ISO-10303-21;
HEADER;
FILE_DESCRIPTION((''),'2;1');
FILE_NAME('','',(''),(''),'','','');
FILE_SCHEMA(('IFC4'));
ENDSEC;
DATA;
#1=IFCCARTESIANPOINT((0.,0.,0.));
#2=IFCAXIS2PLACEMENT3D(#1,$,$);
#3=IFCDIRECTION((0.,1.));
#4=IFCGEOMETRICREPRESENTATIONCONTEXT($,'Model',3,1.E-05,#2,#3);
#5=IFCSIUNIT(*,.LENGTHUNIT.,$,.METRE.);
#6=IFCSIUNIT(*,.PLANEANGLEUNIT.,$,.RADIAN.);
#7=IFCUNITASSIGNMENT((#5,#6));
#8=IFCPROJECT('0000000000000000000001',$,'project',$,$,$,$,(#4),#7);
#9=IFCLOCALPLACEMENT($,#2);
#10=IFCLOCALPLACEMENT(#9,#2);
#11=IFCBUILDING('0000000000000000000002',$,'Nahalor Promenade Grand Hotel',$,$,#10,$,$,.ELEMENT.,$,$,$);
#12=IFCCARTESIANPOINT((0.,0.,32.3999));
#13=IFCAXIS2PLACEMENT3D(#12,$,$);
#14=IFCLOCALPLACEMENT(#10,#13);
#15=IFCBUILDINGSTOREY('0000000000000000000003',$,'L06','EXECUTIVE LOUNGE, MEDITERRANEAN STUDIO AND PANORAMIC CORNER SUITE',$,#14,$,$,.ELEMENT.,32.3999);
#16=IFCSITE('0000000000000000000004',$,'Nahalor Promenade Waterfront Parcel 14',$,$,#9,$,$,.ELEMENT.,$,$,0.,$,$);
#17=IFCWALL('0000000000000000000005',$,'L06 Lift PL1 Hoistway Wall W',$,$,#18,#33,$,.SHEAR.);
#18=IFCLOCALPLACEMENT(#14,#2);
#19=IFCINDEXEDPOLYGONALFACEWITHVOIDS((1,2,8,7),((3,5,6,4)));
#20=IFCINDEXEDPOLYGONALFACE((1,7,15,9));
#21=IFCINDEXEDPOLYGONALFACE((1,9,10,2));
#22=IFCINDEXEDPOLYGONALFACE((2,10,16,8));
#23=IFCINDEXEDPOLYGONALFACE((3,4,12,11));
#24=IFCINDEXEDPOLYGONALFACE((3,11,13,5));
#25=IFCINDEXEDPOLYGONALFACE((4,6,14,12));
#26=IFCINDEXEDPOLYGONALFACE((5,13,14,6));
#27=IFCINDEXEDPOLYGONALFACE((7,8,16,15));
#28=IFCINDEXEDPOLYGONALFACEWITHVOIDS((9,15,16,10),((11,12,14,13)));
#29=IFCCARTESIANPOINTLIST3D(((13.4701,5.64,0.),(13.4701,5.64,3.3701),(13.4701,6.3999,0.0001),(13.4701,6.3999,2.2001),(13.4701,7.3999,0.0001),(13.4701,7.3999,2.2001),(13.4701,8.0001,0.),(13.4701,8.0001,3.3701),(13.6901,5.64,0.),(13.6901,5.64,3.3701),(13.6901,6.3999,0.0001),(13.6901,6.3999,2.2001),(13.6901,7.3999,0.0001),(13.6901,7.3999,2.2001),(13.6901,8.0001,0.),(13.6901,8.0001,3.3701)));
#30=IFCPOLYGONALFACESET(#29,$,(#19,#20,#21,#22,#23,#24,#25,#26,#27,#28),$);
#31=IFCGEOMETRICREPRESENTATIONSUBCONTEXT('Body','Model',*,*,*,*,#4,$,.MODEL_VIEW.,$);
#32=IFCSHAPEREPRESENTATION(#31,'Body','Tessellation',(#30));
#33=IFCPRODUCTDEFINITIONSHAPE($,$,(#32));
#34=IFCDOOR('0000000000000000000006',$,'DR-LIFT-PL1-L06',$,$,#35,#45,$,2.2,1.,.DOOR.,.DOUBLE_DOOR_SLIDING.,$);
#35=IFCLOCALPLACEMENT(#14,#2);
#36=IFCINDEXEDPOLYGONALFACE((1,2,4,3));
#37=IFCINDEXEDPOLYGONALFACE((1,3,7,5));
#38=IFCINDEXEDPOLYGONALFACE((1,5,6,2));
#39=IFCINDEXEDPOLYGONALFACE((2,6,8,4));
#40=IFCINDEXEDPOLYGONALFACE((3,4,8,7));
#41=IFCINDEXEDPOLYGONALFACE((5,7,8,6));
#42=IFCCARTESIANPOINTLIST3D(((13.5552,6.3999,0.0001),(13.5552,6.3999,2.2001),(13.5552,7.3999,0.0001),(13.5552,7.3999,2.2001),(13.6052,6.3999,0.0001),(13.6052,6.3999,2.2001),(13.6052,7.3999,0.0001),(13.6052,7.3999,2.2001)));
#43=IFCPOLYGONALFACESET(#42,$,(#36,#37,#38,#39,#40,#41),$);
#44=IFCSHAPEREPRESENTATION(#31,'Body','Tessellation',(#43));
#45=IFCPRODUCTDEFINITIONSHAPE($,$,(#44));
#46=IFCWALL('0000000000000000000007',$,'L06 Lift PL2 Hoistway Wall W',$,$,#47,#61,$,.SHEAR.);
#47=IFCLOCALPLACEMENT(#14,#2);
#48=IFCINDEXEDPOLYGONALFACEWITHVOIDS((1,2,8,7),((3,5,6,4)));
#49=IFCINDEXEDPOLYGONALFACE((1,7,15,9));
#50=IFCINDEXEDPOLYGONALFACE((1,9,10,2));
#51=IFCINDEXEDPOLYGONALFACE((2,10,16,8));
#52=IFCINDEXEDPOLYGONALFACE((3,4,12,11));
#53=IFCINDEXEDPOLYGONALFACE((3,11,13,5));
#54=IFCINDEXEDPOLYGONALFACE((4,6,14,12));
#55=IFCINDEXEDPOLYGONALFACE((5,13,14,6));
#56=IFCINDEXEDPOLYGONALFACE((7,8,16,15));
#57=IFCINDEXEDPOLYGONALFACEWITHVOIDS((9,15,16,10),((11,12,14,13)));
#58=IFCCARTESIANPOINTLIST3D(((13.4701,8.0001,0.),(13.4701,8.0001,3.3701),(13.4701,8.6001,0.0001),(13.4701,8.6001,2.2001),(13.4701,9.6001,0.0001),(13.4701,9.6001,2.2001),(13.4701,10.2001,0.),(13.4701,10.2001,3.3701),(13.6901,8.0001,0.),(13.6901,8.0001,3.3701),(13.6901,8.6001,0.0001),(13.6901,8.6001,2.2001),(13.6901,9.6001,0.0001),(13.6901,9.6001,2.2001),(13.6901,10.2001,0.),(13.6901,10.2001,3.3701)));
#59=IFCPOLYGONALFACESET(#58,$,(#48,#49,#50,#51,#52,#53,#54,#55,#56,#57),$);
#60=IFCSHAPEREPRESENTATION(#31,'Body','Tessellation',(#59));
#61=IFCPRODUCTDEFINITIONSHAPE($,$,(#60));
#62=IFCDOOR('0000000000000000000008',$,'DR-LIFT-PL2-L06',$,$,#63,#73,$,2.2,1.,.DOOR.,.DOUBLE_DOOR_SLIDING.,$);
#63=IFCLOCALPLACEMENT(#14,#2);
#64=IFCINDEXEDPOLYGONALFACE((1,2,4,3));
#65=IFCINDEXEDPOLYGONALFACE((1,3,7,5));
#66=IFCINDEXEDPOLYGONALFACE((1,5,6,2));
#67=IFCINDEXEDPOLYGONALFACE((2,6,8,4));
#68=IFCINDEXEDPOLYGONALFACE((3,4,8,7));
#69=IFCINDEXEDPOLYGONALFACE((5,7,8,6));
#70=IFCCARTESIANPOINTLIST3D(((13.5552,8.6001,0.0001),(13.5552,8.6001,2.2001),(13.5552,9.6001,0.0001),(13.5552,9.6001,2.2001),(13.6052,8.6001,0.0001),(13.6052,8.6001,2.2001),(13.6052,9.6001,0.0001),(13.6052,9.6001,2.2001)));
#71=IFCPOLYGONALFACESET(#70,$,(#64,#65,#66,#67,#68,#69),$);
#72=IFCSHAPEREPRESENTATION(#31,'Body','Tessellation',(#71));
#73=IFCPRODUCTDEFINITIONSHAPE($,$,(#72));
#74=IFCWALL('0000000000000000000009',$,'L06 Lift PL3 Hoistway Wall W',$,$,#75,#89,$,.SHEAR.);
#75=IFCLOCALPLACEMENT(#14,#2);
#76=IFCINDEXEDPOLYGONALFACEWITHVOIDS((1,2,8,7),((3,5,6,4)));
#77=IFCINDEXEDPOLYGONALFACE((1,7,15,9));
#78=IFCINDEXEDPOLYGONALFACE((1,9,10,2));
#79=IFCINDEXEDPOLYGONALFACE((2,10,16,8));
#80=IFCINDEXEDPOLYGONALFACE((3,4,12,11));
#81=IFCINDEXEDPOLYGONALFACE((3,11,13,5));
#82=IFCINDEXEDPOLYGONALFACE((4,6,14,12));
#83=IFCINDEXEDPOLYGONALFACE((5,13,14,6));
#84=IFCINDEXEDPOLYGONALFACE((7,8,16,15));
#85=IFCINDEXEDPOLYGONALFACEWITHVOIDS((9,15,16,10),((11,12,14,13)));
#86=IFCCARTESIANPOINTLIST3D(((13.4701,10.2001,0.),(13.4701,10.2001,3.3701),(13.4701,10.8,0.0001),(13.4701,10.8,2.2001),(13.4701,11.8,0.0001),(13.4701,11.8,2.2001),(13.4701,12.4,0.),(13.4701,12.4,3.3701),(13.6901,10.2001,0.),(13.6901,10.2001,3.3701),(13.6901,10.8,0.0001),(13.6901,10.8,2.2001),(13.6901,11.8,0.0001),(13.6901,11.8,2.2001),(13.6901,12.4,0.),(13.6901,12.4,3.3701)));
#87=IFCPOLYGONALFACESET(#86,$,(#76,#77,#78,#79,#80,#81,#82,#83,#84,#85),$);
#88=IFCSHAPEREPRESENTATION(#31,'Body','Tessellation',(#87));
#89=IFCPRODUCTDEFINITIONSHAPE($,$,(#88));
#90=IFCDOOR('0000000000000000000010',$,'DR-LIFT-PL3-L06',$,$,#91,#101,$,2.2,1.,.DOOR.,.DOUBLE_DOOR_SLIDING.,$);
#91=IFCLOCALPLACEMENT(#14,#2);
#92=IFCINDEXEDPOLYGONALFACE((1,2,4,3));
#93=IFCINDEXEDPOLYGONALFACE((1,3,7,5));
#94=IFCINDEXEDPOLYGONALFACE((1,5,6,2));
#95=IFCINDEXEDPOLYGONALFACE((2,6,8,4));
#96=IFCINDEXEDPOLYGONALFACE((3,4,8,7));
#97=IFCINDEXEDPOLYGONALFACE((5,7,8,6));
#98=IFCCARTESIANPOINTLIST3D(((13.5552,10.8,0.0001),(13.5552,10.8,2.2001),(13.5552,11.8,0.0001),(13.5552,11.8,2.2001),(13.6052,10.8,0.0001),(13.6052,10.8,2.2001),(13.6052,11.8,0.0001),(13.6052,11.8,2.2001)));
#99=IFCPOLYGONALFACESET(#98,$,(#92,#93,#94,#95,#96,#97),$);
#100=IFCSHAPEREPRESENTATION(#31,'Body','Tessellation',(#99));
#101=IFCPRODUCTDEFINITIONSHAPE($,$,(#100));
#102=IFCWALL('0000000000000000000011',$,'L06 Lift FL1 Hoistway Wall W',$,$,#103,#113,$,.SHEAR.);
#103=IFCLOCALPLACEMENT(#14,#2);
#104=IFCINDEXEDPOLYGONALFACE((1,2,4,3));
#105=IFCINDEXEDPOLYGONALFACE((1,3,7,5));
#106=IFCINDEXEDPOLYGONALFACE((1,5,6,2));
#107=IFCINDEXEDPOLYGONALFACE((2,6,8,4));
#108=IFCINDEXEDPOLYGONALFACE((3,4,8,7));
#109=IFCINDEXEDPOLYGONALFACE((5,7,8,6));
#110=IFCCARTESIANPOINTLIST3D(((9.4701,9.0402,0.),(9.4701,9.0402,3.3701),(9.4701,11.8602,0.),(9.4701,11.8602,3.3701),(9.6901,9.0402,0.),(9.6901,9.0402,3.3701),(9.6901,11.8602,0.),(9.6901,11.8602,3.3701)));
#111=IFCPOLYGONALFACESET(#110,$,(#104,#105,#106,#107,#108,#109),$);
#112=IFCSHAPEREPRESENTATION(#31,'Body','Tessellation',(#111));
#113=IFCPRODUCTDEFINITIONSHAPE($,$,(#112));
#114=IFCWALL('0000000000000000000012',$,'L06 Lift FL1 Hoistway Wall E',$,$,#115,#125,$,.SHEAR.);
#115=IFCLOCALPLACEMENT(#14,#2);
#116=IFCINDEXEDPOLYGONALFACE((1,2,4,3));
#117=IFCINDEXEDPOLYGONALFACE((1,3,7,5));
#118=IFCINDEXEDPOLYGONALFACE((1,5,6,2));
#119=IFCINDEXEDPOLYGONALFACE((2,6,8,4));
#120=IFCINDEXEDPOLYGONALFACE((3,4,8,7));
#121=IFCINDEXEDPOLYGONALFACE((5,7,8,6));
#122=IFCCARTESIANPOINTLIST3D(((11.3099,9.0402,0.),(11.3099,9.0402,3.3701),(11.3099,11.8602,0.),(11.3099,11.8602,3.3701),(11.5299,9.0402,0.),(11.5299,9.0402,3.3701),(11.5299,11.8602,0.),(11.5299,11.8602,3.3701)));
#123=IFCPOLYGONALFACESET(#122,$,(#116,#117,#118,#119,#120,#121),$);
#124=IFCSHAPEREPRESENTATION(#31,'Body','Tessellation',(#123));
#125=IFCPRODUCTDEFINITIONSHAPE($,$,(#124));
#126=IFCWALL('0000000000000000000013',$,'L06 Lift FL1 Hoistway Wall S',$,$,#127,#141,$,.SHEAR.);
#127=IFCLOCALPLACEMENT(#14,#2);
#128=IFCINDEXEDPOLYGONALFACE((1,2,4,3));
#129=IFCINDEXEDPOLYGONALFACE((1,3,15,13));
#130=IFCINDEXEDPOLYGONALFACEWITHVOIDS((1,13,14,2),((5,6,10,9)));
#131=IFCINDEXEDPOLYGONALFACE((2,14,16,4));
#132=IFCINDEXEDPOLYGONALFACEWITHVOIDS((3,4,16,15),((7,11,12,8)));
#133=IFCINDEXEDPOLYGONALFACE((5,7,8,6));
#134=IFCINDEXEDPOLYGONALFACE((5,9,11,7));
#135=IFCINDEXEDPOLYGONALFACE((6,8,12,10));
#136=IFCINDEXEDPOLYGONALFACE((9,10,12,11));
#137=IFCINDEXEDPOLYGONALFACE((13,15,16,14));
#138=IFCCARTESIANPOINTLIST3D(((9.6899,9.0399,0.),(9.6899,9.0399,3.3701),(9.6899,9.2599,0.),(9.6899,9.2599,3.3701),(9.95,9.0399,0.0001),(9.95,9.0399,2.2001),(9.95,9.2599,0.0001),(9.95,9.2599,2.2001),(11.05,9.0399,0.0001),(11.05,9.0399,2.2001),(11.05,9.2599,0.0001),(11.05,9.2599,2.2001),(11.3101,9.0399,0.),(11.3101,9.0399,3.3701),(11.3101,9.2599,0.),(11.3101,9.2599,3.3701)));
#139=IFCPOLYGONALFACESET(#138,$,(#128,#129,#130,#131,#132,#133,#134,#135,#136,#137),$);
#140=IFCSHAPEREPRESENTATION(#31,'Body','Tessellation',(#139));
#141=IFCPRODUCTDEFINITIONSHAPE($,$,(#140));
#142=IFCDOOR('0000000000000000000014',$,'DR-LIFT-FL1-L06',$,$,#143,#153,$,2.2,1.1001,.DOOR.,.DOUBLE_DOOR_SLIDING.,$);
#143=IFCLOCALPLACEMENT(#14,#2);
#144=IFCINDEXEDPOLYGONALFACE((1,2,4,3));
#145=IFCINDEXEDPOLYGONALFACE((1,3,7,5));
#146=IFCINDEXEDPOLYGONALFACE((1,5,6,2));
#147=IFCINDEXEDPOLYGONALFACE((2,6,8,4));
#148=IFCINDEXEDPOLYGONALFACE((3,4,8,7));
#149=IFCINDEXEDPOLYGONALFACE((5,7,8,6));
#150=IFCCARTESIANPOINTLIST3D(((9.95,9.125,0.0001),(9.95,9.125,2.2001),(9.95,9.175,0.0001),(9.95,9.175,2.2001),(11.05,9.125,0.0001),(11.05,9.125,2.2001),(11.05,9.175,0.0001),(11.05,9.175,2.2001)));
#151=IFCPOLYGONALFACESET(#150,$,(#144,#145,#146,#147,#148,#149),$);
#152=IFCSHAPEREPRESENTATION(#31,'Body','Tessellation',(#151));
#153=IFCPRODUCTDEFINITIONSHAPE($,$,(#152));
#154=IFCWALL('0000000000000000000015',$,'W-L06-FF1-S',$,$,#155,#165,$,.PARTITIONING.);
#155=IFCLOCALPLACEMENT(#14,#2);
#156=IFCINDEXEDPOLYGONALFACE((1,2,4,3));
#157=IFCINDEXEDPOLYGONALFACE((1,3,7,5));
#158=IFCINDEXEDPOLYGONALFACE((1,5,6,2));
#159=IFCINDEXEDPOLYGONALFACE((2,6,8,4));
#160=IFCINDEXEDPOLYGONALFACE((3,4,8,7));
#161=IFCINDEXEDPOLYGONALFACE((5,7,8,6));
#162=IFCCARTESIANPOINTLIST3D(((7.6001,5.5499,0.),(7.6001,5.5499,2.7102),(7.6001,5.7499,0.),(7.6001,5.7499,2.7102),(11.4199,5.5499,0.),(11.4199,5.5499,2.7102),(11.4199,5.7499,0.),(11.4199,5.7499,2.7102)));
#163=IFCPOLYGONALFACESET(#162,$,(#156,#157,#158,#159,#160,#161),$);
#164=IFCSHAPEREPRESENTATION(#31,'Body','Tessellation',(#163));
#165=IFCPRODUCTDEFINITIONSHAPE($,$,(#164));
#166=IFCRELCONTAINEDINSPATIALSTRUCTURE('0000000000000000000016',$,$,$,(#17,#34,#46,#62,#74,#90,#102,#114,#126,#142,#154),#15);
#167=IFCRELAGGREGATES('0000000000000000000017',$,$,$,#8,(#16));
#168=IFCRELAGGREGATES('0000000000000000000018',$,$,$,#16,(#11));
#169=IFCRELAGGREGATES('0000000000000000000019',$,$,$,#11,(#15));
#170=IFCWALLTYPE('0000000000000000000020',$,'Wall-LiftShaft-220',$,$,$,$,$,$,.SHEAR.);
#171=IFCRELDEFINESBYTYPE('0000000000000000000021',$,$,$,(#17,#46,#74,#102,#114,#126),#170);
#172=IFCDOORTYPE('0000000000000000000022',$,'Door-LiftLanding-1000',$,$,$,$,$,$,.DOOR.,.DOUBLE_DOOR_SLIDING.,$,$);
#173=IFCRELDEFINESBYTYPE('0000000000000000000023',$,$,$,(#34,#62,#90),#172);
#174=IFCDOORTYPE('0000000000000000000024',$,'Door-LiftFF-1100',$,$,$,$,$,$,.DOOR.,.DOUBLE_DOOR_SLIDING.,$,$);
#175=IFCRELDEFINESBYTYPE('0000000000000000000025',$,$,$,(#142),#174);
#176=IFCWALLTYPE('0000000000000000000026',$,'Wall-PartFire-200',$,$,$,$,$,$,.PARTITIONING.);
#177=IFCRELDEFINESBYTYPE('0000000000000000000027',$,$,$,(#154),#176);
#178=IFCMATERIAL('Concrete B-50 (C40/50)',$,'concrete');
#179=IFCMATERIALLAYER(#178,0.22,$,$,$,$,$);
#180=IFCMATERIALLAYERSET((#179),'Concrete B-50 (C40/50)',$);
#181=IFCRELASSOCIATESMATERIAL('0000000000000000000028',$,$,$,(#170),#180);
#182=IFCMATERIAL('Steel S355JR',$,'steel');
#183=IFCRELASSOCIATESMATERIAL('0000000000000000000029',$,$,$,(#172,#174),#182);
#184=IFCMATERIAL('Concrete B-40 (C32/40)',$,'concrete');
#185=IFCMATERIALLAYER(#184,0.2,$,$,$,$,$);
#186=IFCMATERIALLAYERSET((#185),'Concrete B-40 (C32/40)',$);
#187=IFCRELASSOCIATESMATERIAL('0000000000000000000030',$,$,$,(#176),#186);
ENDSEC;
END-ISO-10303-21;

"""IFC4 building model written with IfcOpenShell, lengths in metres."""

from ifc_helpers import new_model, si_unit, direction, frame, frame_2d, origin, place, context, subcontext, project, spatial, rectangle, extrude, source, transform, mapped, material, layer, layer_set, type_object, element, fill, save


model = new_model("IFC4")

# Units and contexts
model_context = context("Model", 3, precision=1e-05, world=origin(), true_north=direction((0.0, 1.0)))
body_context = subcontext(model_context, "Body", "Model", "MODEL_VIEW")
ifc_project = project(units=[si_unit("LENGTHUNIT", "METRE"), si_unit("PLANEANGLEUNIT", "RADIAN")], contexts=[model_context])

# Site, building, storey
site_placement = place(None, origin())
site = spatial("IfcSite", under=ifc_project, at=site_placement, Name="Nahalor Promenade Waterfront Parcel 14", CompositionType="ELEMENT", RefElevation=0.0)
building_placement = place(site_placement, origin())
building = spatial("IfcBuilding", under=site, at=building_placement, Name="Nahalor Promenade Grand Hotel", CompositionType="ELEMENT")
storey_placement = place(building_placement, frame((0.0, 0.0, 32.3999)))
storey = spatial("IfcBuildingStorey", under=building, at=storey_placement, Name="L06", Description="EXECUTIVE LOUNGE, MEDITERRANEAN STUDIO AND PANORAMIC CORNER SUITE", CompositionType="ELEMENT", Elevation=32.3999)

# Shared definitions
ifc_material_1 = material(Name="Steel S355JR", Category="steel")

# Shared definitions
ifc_material_2 = material(Name="Concrete B-50 (C40/50)", Category="concrete")

# Walls, openings, doors
ifc_layer_1 = layer(ifc_material_2, 0.22)
ifc_layer_set_1 = layer_set([ifc_layer_1], Name="Concrete B-50 (C40/50)")
wall_type_1 = type_object("IfcWallType", Name="Wall-LiftShaft-220", PredefinedType="SHEAR", material=ifc_layer_set_1)
shared_shape_1 = source(origin(), body_context, "Body", "SweptSolid", [
    extrude(rectangle(XDim=2.3601, YDim=0.22, at=frame_2d((1.1802, 0.0))), origin(), (0.0, 0.0, 1.0), 3.3701),
])
wall_1_placement = place(storey_placement, frame((13.5801, 5.6399, 0.0), z_axis=(0.0, 0.0, 1.0), x_axis=(0.0, 1.0, 0.0)))
wall_1 = element("IfcWall", 1, at=wall_1_placement, inside=storey, type_object=wall_type_1, Name="L06 Lift PL1 Hoistway Wall W", PredefinedType="SHEAR", context=body_context, shape_type="MappedRepresentation", body=[
    mapped(shared_shape_1, transform((0.0, 0.0, 0.0), scale=1.0)),
])
opening_1_placement = place(wall_1_placement, frame((0.76, 0.0, 0.0)))
opening_1 = element("IfcOpeningElement", 2, at=opening_1_placement, cuts=wall_1, PredefinedType="OPENING", context=body_context, shape_type="SweptSolid", body=[
    extrude(rectangle(XDim=1.0, YDim=2.2, at=frame_2d((0.5, 1.1001))), frame((0.0, 0.1199, 0.0), z_axis=(0.0, -1.0, 0.0), x_axis=(1.0, 0.0, 0.0)), (0.0, 0.0, 1.0), 0.24),
])
door_type_1 = type_object("IfcDoorType", Name="Door-LiftLanding-1000", OperationType="DOUBLE_DOOR_SLIDING", PredefinedType="DOOR", material=ifc_material_1)
shared_shape_2 = source(origin(), body_context, "Body", "SweptSolid", [
    extrude(rectangle(XDim=1.0, YDim=2.2, at=frame_2d((0.5, 1.1001))), frame((0.0, 0.0249, 0.0), z_axis=(0.0, -1.0, 0.0), x_axis=(1.0, 0.0, 0.0)), (0.0, 0.0, 1.0), 0.05),
])
door_1_placement = place(opening_1_placement, origin())
door_1 = element("IfcDoor", 3, at=door_1_placement, inside=storey, type_object=door_type_1, Name="DR-LIFT-PL1-L06", OperationType="DOUBLE_DOOR_SLIDING", OverallHeight=2.2, OverallWidth=1.0, PredefinedType="DOOR", context=body_context, shape_type="MappedRepresentation", body=[
    mapped(shared_shape_2, transform((0.0, 0.0, 0.0), scale=1.0)),
])
fill(opening_1, door_1)
shared_shape_3 = source(origin(), body_context, "Body", "SweptSolid", [
    extrude(rectangle(XDim=2.2, YDim=0.22, at=frame_2d((1.1001, 0.0))), origin(), (0.0, 0.0, 1.0), 3.3701),
])
wall_2_placement = place(storey_placement, frame((13.5801, 8.0, 0.0), z_axis=(0.0, 0.0, 1.0), x_axis=(0.0, 1.0, 0.0)))
wall_2 = element("IfcWall", 4, at=wall_2_placement, inside=storey, type_object=wall_type_1, Name="L06 Lift PL2 Hoistway Wall W", PredefinedType="SHEAR", context=body_context, shape_type="MappedRepresentation", body=[
    mapped(shared_shape_3, transform((0.0, 0.0, 0.0), scale=1.0)),
])
opening_2_placement = place(wall_2_placement, frame((0.6001, 0.0, 0.0)))
opening_2 = element("IfcOpeningElement", 5, at=opening_2_placement, cuts=wall_2, PredefinedType="OPENING", context=body_context, shape_type="SweptSolid", body=[
    extrude(rectangle(XDim=1.0, YDim=2.2, at=frame_2d((0.5, 1.1001))), frame((0.0, 0.1199, 0.0), z_axis=(0.0, -1.0, 0.0), x_axis=(1.0, 0.0, 0.0)), (0.0, 0.0, 1.0), 0.24),
])
door_2_placement = place(opening_2_placement, origin())
door_2 = element("IfcDoor", 6, at=door_2_placement, inside=storey, type_object=door_type_1, Name="DR-LIFT-PL2-L06", OperationType="DOUBLE_DOOR_SLIDING", OverallHeight=2.2, OverallWidth=1.0, PredefinedType="DOOR", context=body_context, shape_type="MappedRepresentation", body=[
    mapped(shared_shape_2, transform((0.0, 0.0, 0.0), scale=1.0)),
])
fill(opening_2, door_2)
wall_3_placement = place(storey_placement, frame((13.5801, 10.2, 0.0), z_axis=(0.0, 0.0, 1.0), x_axis=(0.0, 1.0, 0.0)))
wall_3 = element("IfcWall", 7, at=wall_3_placement, inside=storey, type_object=wall_type_1, Name="L06 Lift PL3 Hoistway Wall W", PredefinedType="SHEAR", context=body_context, shape_type="MappedRepresentation", body=[
    mapped(shared_shape_3, transform((0.0, 0.0, 0.0), scale=1.0)),
])
opening_3_placement = place(wall_3_placement, frame((0.6001, 0.0, 0.0)))
opening_3 = element("IfcOpeningElement", 8, at=opening_3_placement, cuts=wall_3, PredefinedType="OPENING", context=body_context, shape_type="SweptSolid", body=[
    extrude(rectangle(XDim=1.0, YDim=2.2, at=frame_2d((0.5, 1.1001))), frame((0.0, 0.1199, 0.0), z_axis=(0.0, -1.0, 0.0), x_axis=(1.0, 0.0, 0.0)), (0.0, 0.0, 1.0), 0.24),
])
door_3_placement = place(opening_3_placement, origin())
door_3 = element("IfcDoor", 9, at=door_3_placement, inside=storey, type_object=door_type_1, Name="DR-LIFT-PL3-L06", OperationType="DOUBLE_DOOR_SLIDING", OverallHeight=2.2, OverallWidth=1.0, PredefinedType="DOOR", context=body_context, shape_type="MappedRepresentation", body=[
    mapped(shared_shape_2, transform((0.0, 0.0, 0.0), scale=1.0)),
])
fill(opening_3, door_3)

# Walls
shared_shape_4 = source(origin(), body_context, "Body", "SweptSolid", [
    extrude(rectangle(XDim=2.8201, YDim=0.22, at=frame_2d((1.4102, 0.0))), origin(), (0.0, 0.0, 1.0), 3.3701),
])
for number, where, z_axis, x_axis, name in (
    (10, (9.5801, 9.04, 0.0), (0.0, 0.0, 1.0), (0.0, 1.0, 0.0), "L06 Lift FL1 Hoistway Wall W"),
    (11, (11.4199, 9.04, 0.0), (0.0, 0.0, 1.0), (0.0, 1.0, 0.0), "L06 Lift FL1 Hoistway Wall E"),
):
    element("IfcWall", number, at=place(storey_placement, frame(where, z_axis=z_axis, x_axis=x_axis)), inside=storey, type_object=wall_type_1, Name=name, PredefinedType="SHEAR", context=body_context, shape_type="MappedRepresentation", body=[
        mapped(shared_shape_4, transform((0.0, 0.0, 0.0), scale=1.0)),
    ])

# Wall, opening, door
shared_shape_5 = source(origin(), body_context, "Body", "SweptSolid", [
    extrude(rectangle(XDim=1.6201, YDim=0.22, at=frame_2d((0.8101, 0.0))), origin(), (0.0, 0.0, 1.0), 3.3701),
])
wall_4_placement = place(storey_placement, frame((9.6899, 9.1499, 0.0), z_axis=(0.0, 0.0, 1.0), x_axis=(1.0, 0.0, 0.0)))
wall_4 = element("IfcWall", 12, at=wall_4_placement, inside=storey, type_object=wall_type_1, Name="L06 Lift FL1 Hoistway Wall S", PredefinedType="SHEAR", context=body_context, shape_type="MappedRepresentation", body=[
    mapped(shared_shape_5, transform((0.0, 0.0, 0.0), scale=1.0)),
])
opening_4_placement = place(wall_4_placement, frame((0.26, 0.0, 0.0)))
opening_4 = element("IfcOpeningElement", 13, at=opening_4_placement, cuts=wall_4, PredefinedType="OPENING", context=body_context, shape_type="SweptSolid", body=[
    extrude(rectangle(XDim=1.1001, YDim=2.2, at=frame_2d((0.55, 1.1001))), frame((0.0, 0.1199, 0.0), z_axis=(0.0, -1.0, 0.0), x_axis=(1.0, 0.0, 0.0)), (0.0, 0.0, 1.0), 0.24),
])
door_type_2 = type_object("IfcDoorType", Name="Door-LiftFF-1100", OperationType="DOUBLE_DOOR_SLIDING", PredefinedType="DOOR", material=ifc_material_1)
shared_shape_6 = source(origin(), body_context, "Body", "SweptSolid", [
    extrude(rectangle(XDim=1.1001, YDim=2.2, at=frame_2d((0.55, 1.1001))), frame((0.0, 0.0249, 0.0), z_axis=(0.0, -1.0, 0.0), x_axis=(1.0, 0.0, 0.0)), (0.0, 0.0, 1.0), 0.05),
])
door_4_placement = place(opening_4_placement, frame((1.1001, 0.0, 0.0), z_axis=(0.0, 0.0, 1.0), x_axis=(-1.0, 0.0, 0.0)))
door_4 = element("IfcDoor", 14, at=door_4_placement, inside=storey, type_object=door_type_2, Name="DR-LIFT-FL1-L06", OperationType="DOUBLE_DOOR_SLIDING", OverallHeight=2.2, OverallWidth=1.1001, PredefinedType="DOOR", context=body_context, shape_type="MappedRepresentation", body=[
    mapped(shared_shape_6, transform((0.0, 0.0, 0.0), scale=1.0)),
])
fill(opening_4, door_4)

# Wall
ifc_material_3 = material(Name="Concrete B-40 (C32/40)", Category="concrete")
ifc_layer_2 = layer(ifc_material_3, 0.2)
ifc_layer_set_2 = layer_set([ifc_layer_2], Name="Concrete B-40 (C32/40)")
wall_type_2 = type_object("IfcWallType", Name="Wall-PartFire-200", PredefinedType="PARTITIONING", material=ifc_layer_set_2)
shared_shape_7 = source(origin(), body_context, "Body", "SweptSolid", [
    extrude(rectangle(XDim=3.8198, YDim=0.2, at=frame_2d((1.9099, 0.0))), origin(), (0.0, 0.0, 1.0), 2.7102),
])
wall_5_placement = place(storey_placement, frame((7.6001, 5.6499, 0.0), z_axis=(0.0, 0.0, 1.0), x_axis=(1.0, 0.0, 0.0)))
element("IfcWall", 15, at=wall_5_placement, inside=storey, type_object=wall_type_2, Name="W-L06-FF1-S", PredefinedType="PARTITIONING", context=body_context, shape_type="MappedRepresentation", body=[
    mapped(shared_shape_7, transform((0.0, 0.0, 0.0), scale=1.0)),
])

save(model, "model.ifc")
